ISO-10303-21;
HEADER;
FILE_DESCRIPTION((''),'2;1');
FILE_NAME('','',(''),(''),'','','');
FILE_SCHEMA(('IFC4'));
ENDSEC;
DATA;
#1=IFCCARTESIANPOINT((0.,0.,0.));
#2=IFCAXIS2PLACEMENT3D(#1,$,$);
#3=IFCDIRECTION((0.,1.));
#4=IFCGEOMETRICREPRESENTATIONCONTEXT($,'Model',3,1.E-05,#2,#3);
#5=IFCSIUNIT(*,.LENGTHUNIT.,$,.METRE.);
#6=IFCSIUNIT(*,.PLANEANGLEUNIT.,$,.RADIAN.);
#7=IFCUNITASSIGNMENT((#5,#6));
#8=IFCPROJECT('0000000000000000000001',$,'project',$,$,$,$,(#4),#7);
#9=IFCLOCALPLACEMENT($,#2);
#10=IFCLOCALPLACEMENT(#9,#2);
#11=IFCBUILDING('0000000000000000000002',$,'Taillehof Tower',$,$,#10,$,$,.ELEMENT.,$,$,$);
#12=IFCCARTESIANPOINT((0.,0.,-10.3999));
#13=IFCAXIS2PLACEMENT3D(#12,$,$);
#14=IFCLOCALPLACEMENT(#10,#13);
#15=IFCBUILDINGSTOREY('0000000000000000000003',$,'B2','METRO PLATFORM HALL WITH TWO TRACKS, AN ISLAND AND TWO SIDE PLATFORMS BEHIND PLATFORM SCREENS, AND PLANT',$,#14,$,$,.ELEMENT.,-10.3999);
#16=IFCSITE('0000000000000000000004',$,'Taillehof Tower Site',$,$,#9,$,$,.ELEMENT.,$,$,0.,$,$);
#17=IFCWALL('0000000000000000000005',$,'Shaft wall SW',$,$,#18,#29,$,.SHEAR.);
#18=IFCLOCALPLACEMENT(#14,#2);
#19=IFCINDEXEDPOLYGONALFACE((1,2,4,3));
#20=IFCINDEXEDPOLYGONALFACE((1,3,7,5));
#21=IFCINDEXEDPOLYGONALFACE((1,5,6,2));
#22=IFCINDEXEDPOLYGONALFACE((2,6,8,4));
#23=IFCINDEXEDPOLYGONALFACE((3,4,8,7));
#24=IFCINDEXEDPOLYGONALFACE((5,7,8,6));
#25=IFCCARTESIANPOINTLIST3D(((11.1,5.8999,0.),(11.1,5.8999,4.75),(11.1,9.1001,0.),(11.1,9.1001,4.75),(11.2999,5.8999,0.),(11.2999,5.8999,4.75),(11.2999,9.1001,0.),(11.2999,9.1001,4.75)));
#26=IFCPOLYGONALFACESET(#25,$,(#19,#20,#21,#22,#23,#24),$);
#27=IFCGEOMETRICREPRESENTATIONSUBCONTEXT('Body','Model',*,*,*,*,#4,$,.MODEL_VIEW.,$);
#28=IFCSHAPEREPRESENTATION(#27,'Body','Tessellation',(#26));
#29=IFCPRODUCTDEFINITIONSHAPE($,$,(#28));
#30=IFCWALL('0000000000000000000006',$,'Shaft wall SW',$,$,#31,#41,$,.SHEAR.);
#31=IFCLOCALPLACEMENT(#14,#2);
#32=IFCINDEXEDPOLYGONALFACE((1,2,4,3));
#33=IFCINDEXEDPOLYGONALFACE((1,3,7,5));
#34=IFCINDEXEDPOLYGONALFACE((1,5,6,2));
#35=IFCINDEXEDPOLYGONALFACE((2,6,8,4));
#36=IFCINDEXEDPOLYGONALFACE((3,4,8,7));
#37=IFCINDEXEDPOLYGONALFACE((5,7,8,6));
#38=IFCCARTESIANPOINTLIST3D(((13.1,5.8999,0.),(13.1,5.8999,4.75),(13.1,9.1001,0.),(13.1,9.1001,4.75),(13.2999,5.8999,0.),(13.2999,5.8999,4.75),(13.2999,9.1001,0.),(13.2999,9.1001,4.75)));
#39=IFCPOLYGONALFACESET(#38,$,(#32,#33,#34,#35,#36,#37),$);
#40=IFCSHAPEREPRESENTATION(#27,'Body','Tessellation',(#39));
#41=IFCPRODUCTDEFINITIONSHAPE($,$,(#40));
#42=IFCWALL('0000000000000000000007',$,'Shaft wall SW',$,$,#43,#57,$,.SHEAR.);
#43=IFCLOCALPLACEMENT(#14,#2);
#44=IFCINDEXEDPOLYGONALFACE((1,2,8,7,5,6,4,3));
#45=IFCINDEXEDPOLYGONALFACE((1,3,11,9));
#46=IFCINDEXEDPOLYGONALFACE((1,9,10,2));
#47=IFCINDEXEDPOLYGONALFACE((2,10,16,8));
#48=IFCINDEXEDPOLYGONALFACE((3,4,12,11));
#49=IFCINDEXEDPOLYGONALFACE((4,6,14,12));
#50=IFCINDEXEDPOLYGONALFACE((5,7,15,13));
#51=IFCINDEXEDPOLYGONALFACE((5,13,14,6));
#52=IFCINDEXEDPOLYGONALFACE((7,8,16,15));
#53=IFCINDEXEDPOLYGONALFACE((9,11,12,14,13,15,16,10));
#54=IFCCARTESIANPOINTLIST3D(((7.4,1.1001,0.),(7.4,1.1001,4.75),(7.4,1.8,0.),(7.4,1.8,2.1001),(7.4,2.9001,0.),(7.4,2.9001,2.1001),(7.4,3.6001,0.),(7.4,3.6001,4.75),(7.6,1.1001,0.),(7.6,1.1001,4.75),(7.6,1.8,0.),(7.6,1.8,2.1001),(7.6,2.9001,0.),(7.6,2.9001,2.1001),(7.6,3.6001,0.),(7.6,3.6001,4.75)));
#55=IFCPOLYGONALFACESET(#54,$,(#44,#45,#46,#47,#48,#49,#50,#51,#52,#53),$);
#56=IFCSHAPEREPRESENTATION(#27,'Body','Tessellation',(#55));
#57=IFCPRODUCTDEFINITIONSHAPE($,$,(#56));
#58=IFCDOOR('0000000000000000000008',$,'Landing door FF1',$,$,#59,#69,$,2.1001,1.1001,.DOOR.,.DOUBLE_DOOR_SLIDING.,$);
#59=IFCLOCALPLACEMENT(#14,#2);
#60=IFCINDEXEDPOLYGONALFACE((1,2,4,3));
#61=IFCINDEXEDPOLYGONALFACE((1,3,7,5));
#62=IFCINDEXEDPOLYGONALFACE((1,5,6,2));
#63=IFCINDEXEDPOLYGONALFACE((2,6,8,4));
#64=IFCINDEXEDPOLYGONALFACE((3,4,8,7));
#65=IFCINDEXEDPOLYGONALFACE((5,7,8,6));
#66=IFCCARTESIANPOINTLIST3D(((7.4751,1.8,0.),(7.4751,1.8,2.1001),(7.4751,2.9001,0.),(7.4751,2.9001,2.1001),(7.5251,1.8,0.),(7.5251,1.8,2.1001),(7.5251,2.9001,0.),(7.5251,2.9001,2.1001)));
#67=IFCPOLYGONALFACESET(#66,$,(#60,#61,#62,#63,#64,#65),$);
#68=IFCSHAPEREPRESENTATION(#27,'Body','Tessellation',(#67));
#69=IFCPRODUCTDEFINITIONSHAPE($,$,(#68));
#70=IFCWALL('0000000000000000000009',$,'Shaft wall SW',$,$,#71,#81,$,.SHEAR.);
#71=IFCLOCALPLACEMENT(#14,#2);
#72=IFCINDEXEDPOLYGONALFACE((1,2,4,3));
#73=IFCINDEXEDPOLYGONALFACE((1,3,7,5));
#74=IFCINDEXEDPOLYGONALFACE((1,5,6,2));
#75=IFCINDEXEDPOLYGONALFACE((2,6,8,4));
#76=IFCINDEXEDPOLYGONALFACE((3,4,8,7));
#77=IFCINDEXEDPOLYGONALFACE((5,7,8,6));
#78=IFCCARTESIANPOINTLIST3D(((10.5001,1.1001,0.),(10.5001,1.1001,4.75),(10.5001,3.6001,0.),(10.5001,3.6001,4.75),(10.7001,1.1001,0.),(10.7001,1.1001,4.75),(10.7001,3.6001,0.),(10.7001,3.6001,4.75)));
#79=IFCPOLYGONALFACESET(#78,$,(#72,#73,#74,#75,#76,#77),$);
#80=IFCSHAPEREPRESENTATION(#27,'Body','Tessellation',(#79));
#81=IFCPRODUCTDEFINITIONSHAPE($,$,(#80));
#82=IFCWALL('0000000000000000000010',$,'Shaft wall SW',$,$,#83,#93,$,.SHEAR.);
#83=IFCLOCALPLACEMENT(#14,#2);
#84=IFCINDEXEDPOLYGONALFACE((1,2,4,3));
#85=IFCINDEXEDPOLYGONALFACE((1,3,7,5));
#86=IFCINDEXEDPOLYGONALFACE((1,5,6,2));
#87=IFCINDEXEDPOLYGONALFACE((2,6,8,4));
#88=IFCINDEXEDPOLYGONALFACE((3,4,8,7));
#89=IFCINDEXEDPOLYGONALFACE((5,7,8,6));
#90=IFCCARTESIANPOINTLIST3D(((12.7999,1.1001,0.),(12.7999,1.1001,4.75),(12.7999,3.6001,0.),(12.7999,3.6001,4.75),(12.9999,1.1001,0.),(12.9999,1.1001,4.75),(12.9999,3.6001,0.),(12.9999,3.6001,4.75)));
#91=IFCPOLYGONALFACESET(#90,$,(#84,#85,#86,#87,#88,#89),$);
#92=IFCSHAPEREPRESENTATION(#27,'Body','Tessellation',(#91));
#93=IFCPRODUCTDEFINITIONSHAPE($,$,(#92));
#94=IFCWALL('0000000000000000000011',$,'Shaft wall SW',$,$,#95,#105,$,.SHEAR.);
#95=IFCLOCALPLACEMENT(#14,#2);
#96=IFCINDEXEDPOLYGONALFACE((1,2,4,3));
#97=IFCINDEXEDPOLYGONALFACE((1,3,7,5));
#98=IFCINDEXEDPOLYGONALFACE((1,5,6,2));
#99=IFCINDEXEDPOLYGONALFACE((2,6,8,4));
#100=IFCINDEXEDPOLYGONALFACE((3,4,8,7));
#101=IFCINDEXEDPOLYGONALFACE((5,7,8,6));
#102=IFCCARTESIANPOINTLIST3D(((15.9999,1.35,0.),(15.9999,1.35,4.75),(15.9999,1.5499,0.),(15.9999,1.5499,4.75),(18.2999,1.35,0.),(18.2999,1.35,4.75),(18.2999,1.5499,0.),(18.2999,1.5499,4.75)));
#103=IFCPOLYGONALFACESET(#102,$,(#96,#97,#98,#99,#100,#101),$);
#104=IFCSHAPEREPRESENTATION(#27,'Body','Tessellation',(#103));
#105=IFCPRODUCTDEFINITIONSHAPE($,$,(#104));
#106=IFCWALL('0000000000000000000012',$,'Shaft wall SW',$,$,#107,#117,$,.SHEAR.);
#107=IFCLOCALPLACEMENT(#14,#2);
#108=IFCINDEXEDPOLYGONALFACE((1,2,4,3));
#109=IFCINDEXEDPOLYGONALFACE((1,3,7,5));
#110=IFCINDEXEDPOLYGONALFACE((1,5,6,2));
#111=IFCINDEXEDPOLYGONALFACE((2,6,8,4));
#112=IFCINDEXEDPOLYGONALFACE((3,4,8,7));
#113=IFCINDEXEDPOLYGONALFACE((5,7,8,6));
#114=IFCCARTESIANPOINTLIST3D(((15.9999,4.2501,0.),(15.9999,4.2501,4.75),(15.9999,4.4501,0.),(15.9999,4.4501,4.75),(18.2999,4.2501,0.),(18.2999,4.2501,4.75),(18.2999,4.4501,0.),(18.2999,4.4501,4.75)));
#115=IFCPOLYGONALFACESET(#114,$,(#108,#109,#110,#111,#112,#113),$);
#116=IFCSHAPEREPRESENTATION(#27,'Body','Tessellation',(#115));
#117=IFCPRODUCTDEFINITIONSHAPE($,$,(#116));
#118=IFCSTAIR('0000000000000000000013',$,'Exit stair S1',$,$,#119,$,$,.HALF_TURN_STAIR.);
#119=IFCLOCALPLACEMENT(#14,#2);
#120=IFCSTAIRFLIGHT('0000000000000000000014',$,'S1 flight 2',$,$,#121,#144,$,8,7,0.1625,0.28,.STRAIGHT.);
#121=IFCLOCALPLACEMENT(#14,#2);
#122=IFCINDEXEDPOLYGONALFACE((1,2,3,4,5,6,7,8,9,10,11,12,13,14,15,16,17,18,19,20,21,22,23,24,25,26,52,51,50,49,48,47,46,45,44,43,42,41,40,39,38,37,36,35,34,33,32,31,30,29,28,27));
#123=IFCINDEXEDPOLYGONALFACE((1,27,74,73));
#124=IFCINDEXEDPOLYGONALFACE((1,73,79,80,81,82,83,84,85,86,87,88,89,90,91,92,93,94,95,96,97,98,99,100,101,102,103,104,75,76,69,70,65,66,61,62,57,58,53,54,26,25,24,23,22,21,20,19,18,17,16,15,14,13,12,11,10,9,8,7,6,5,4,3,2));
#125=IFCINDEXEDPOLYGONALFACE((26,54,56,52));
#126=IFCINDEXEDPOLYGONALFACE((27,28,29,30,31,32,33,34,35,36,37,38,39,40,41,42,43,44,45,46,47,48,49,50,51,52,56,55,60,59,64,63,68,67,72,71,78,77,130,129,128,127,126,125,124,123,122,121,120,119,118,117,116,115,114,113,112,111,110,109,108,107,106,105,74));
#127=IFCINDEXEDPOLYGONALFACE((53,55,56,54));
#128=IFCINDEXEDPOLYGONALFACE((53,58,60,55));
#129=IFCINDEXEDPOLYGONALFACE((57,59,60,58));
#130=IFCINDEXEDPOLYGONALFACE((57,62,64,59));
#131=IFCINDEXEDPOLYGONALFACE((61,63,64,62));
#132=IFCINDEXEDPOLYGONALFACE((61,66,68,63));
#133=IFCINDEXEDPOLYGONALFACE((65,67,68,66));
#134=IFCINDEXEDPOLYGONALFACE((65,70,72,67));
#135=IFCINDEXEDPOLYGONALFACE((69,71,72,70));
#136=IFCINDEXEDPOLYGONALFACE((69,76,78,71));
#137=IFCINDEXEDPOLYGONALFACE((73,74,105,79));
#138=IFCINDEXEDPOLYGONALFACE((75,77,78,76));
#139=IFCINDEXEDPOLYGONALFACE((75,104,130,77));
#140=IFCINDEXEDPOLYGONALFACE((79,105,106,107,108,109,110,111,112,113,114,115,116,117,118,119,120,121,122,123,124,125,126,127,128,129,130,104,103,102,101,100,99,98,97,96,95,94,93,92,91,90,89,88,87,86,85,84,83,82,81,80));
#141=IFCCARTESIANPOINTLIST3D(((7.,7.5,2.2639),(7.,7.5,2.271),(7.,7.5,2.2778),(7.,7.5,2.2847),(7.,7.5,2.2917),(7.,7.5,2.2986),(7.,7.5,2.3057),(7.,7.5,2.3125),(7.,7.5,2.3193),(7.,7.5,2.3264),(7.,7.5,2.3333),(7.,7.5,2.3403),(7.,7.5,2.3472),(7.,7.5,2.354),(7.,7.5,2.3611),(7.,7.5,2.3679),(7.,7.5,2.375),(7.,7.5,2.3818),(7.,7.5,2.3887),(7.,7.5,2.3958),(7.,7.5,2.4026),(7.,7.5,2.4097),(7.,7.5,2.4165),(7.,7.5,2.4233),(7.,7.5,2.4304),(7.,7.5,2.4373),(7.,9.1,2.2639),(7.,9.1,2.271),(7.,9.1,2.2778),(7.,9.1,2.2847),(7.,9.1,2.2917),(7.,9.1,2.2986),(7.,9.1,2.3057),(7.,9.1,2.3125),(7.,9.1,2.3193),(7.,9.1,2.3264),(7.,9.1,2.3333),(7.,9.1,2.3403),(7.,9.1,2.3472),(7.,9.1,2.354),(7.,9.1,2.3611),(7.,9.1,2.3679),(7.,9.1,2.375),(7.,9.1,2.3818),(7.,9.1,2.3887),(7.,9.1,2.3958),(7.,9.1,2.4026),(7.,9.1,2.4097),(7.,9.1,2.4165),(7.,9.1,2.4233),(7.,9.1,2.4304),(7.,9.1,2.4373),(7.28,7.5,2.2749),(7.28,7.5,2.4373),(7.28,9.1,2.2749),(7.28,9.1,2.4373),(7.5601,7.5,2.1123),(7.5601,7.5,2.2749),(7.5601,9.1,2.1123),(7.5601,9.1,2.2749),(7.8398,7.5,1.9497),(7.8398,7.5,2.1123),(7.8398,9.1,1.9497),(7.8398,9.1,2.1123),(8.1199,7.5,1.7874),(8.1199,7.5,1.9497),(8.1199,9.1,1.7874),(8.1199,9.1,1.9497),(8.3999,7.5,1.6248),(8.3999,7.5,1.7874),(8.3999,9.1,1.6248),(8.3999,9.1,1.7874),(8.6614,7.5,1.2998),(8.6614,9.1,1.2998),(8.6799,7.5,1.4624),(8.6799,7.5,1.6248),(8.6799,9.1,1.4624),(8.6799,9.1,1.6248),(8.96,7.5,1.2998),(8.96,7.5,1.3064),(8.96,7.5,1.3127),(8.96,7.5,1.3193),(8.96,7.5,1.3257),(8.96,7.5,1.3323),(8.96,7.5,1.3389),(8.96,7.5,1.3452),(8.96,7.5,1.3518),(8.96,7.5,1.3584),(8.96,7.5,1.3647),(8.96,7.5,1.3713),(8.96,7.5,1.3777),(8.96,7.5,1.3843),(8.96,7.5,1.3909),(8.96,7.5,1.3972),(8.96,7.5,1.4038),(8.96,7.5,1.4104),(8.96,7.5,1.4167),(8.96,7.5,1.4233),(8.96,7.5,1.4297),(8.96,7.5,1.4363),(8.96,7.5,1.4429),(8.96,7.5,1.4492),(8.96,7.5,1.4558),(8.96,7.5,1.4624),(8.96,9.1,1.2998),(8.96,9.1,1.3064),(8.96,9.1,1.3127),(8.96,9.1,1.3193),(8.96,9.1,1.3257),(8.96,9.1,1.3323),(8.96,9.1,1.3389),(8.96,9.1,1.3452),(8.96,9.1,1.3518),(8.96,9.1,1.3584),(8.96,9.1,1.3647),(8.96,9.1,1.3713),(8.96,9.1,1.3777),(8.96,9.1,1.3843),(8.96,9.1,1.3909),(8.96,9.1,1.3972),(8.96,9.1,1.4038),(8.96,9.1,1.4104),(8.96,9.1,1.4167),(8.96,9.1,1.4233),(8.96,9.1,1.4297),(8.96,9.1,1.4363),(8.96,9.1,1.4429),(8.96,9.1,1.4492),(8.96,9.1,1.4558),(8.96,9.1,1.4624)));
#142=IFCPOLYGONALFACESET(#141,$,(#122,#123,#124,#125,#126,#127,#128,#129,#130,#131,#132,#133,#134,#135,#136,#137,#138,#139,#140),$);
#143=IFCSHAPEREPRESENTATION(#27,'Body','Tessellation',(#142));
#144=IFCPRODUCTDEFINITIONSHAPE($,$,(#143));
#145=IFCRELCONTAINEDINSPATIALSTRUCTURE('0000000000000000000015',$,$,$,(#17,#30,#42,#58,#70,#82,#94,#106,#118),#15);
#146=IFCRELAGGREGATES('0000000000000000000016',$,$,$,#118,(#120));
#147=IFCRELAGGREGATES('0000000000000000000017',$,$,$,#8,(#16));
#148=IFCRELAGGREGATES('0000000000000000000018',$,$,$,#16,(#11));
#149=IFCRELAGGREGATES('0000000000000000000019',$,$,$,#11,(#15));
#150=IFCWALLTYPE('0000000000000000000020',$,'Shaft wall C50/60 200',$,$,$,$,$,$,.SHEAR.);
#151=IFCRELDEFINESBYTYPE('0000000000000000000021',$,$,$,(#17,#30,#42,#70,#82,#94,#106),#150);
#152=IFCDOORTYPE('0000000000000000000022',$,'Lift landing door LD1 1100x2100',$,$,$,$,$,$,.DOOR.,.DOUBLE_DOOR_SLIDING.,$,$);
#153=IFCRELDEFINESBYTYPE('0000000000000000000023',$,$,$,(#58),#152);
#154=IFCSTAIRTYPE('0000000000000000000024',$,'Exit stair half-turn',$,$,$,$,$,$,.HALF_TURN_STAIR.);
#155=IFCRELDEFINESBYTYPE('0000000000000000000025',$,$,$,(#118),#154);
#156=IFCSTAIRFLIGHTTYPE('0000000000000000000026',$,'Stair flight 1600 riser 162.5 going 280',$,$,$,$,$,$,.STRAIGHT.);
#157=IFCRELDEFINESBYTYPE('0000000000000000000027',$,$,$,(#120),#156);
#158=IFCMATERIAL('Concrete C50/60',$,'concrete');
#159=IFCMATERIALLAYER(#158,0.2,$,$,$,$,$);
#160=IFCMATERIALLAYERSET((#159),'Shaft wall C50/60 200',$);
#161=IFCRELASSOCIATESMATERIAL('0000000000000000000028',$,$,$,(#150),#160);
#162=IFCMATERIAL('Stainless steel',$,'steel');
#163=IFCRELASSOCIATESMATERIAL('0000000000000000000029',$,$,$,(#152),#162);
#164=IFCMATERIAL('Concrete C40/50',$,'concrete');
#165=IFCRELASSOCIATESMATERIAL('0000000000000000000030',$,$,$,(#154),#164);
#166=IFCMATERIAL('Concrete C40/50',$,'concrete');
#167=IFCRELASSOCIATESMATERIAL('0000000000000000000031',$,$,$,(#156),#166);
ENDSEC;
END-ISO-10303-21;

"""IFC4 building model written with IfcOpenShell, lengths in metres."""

from ifc_helpers import new_model, si_unit, direction, frame, frame_2d, origin, place, context, subcontext, project, spatial, polyline, rectangle, outline, extrude, material, layer, layer_set, type_object, element, fill, aggregate, save


model = new_model("IFC4")

# Units and contexts
model_context = context("Model", 3, precision=1e-05, world=origin(), true_north=direction((0.0, 1.0)))
body_context = subcontext(model_context, "Body", "Model", "MODEL_VIEW")
ifc_project = project(units=[si_unit("LENGTHUNIT", "METRE"), si_unit("PLANEANGLEUNIT", "RADIAN")], contexts=[model_context])

# Site, building, storey
site_placement = place(None, origin())
site = spatial("IfcSite", under=ifc_project, at=site_placement, Name="Taillehof Tower Site", CompositionType="ELEMENT", RefElevation=0.0)
building_placement = place(site_placement, origin())
building = spatial("IfcBuilding", under=site, at=building_placement, Name="Taillehof Tower", CompositionType="ELEMENT")
storey_placement = place(building_placement, frame((0.0, 0.0, -10.3999)))
storey = spatial("IfcBuildingStorey", under=building, at=storey_placement, Name="B2", Description="METRO PLATFORM HALL WITH TWO TRACKS, AN ISLAND AND TWO SIDE PLATFORMS BEHIND PLATFORM SCREENS, AND PLANT", CompositionType="ELEMENT", Elevation=-10.3999)

# Walls
ifc_material_1 = material(Name="Concrete C50/60", Category="concrete")
ifc_layer_1 = layer(ifc_material_1, 0.2)
ifc_layer_set_1 = layer_set([ifc_layer_1], Name="Shaft wall C50/60 200")
wall_type_1 = type_object("IfcWallType", Name="Shaft wall C50/60 200", PredefinedType="SHEAR", material=ifc_layer_set_1)
for number, where, z_axis, x_axis, name in (
    (1, (11.2, 5.8999, 0.0), (0.0, 0.0, 1.0), (0.0, 1.0, 0.0), "Shaft wall SW"),
    (2, (13.2, 5.8999, 0.0), (0.0, 0.0, 1.0), (0.0, 1.0, 0.0), "Shaft wall SW"),
):
    element("IfcWall", number, at=place(storey_placement, frame(where, z_axis=z_axis, x_axis=x_axis)), inside=storey, type_object=wall_type_1, Name=name, PredefinedType="SHEAR", context=body_context, shape_type="SweptSolid", body=[
        extrude(rectangle(XDim=3.2002, YDim=0.2, at=frame_2d((1.6001, 0.0))), origin(), (0.0, 0.0, 1.0), 4.75),
    ])

# Wall, opening, door
wall_1_placement = place(storey_placement, frame((7.5, 1.1001, 0.0), z_axis=(0.0, 0.0, 1.0), x_axis=(0.0, 1.0, 0.0)))
wall_1 = element("IfcWall", 3, at=wall_1_placement, inside=storey, type_object=wall_type_1, Name="Shaft wall SW", PredefinedType="SHEAR", context=body_context, shape_type="SweptSolid", body=[
    extrude(rectangle(XDim=2.5, YDim=0.2, at=frame_2d((1.25, 0.0))), origin(), (0.0, 0.0, 1.0), 4.75),
])
opening_1_placement = place(wall_1_placement, frame((0.7, 0.0, 0.0)))
opening_1 = element("IfcOpeningElement", 4, at=opening_1_placement, cuts=wall_1, PredefinedType="OPENING", context=body_context, shape_type="SweptSolid", body=[
    extrude(rectangle(XDim=1.1001, YDim=2.1001, at=frame_2d((0.55, 1.05))), frame((0.0, 0.1099, 0.0), z_axis=(0.0, -1.0, 0.0), x_axis=(1.0, 0.0, 0.0)), (0.0, 0.0, 1.0), 0.22),
])
ifc_material_2 = material(Name="Stainless steel", Category="steel")
door_type_1 = type_object("IfcDoorType", Name="Lift landing door LD1 1100x2100", OperationType="DOUBLE_DOOR_SLIDING", PredefinedType="DOOR", material=ifc_material_2)
door_1_placement = place(opening_1_placement, origin())
door_1 = element("IfcDoor", 5, at=door_1_placement, inside=storey, type_object=door_type_1, Name="Landing door FF1", OperationType="DOUBLE_DOOR_SLIDING", OverallHeight=2.1001, OverallWidth=1.1001, PredefinedType="DOOR", context=body_context, shape_type="SweptSolid", body=[
    extrude(rectangle(XDim=1.1001, YDim=2.1001, at=frame_2d((0.55, 1.05))), frame((0.0, 0.0249, 0.0), z_axis=(0.0, -1.0, 0.0), x_axis=(1.0, 0.0, 0.0)), (0.0, 0.0, 1.0), 0.05),
])
fill(opening_1, door_1)

# Walls
for number, where, z_axis, x_axis, name in (
    (6, (10.6001, 1.1001, 0.0), (0.0, 0.0, 1.0), (0.0, 1.0, 0.0), "Shaft wall SW"),
    (7, (12.8999, 1.1001, 0.0), (0.0, 0.0, 1.0), (0.0, 1.0, 0.0), "Shaft wall SW"),
):
    element("IfcWall", number, at=place(storey_placement, frame(where, z_axis=z_axis, x_axis=x_axis)), inside=storey, type_object=wall_type_1, Name=name, PredefinedType="SHEAR", context=body_context, shape_type="SweptSolid", body=[
        extrude(rectangle(XDim=2.5, YDim=0.2, at=frame_2d((1.25, 0.0))), origin(), (0.0, 0.0, 1.0), 4.75),
    ])
for number, where, z_axis, x_axis, name in (
    (8, (16.0, 1.45, 0.0), (0.0, 0.0, 1.0), (1.0, 0.0, 0.0), "Shaft wall SW"),
    (9, (16.0, 4.3501, 0.0), (0.0, 0.0, 1.0), (1.0, 0.0, 0.0), "Shaft wall SW"),
):
    element("IfcWall", number, at=place(storey_placement, frame(where, z_axis=z_axis, x_axis=x_axis)), inside=storey, type_object=wall_type_1, Name=name, PredefinedType="SHEAR", context=body_context, shape_type="SweptSolid", body=[
        extrude(rectangle(XDim=2.3, YDim=0.2, at=frame_2d((1.1499, 0.0))), origin(), (0.0, 0.0, 1.0), 4.75),
    ])

# Stair, stair flight
ifc_material_3 = material(Name="Concrete C40/50", Category="concrete")
stair_type = type_object("IfcStairType", Name="Exit stair half-turn", PredefinedType="HALF_TURN_STAIR", material=ifc_material_3)
stair_placement = place(storey_placement, origin())
stair = element("IfcStair", 10, at=stair_placement, inside=storey, type_object=stair_type, Name="Exit stair S1", PredefinedType="HALF_TURN_STAIR")
ifc_material_4 = material(Name="Concrete C40/50", Category="concrete")
stair_flight_type = type_object("IfcStairFlightType", Name="Stair flight 1600 riser 162.5 going 280", PredefinedType="STRAIGHT", material=ifc_material_4)
stair_flight_1_placement = place(storey_placement, frame((8.96, 8.3, 1.2998), z_axis=(0.0, 0.0, 1.0), x_axis=(-1.0, 0.0, 0.0)))
stair_flight_1 = element("IfcStairFlight", 11, at=stair_flight_1_placement, type_object=stair_flight_type, Name="S1 flight 2", NumberOfRisers=8, NumberOfTreads=7, PredefinedType="STRAIGHT", RiserHeight=0.1625, TreadLength=0.28, context=body_context, shape_type="SweptSolid", body=[
    extrude(outline(polyline([(0.0, 0.0), (0.0, 0.0066), (0.0, 0.0129), (0.0, 0.0195), (0.0, 0.0259), (0.0, 0.0325), (0.0, 0.0391), (0.0, 0.0454), (0.0, 0.052), (0.0, 0.0586), (0.0, 0.0649), (0.0, 0.0715), (0.0, 0.0779), (0.0, 0.0845), (0.0, 0.0911), (0.0, 0.0974), (0.0, 0.104), (0.0, 0.1106), (0.0, 0.1169), (0.0, 0.1235), (0.0, 0.1299), (0.0, 0.1365), (0.0, 0.1431), (0.0, 0.1494), (0.0, 0.156), (0.0, 0.1626), (0.28, 0.1626), (0.28, 0.325), (0.5601, 0.325), (0.5601, 0.4875), (0.8401, 0.4875), (0.8401, 0.6499), (1.1201, 0.6499), (1.1201, 0.8125), (1.3999, 0.8125), (1.3999, 0.9751), (1.6799, 0.9751), (1.6799, 1.1375), (1.96, 1.1375), (1.96, 1.1306), (1.96, 1.1235), (1.96, 1.1167), (1.96, 1.1099), (1.96, 1.1028), (1.96, 1.0959), (1.96, 1.0889), (1.96, 1.082), (1.96, 1.0752), (1.96, 1.0681), (1.96, 1.0613), (1.96, 1.0542), (1.96, 1.0474), (1.96, 1.0405), (1.96, 1.0334), (1.96, 1.0266), (1.96, 1.0195), (1.96, 1.0127), (1.96, 1.0059), (1.96, 0.9988), (1.96, 0.9919), (1.96, 0.9849), (1.96, 0.978), (1.96, 0.9712), (1.96, 0.9641), (0.2986, 0.0), (0.0, 0.0)])), frame((0.0, 0.8, 0.0), z_axis=(0.0, -1.0, 0.0), x_axis=(1.0, 0.0, 0.0)), (0.0, 0.0, 1.0), 1.6),
])
aggregate(stair, [stair_flight_1])

save(model, "model.ifc")
